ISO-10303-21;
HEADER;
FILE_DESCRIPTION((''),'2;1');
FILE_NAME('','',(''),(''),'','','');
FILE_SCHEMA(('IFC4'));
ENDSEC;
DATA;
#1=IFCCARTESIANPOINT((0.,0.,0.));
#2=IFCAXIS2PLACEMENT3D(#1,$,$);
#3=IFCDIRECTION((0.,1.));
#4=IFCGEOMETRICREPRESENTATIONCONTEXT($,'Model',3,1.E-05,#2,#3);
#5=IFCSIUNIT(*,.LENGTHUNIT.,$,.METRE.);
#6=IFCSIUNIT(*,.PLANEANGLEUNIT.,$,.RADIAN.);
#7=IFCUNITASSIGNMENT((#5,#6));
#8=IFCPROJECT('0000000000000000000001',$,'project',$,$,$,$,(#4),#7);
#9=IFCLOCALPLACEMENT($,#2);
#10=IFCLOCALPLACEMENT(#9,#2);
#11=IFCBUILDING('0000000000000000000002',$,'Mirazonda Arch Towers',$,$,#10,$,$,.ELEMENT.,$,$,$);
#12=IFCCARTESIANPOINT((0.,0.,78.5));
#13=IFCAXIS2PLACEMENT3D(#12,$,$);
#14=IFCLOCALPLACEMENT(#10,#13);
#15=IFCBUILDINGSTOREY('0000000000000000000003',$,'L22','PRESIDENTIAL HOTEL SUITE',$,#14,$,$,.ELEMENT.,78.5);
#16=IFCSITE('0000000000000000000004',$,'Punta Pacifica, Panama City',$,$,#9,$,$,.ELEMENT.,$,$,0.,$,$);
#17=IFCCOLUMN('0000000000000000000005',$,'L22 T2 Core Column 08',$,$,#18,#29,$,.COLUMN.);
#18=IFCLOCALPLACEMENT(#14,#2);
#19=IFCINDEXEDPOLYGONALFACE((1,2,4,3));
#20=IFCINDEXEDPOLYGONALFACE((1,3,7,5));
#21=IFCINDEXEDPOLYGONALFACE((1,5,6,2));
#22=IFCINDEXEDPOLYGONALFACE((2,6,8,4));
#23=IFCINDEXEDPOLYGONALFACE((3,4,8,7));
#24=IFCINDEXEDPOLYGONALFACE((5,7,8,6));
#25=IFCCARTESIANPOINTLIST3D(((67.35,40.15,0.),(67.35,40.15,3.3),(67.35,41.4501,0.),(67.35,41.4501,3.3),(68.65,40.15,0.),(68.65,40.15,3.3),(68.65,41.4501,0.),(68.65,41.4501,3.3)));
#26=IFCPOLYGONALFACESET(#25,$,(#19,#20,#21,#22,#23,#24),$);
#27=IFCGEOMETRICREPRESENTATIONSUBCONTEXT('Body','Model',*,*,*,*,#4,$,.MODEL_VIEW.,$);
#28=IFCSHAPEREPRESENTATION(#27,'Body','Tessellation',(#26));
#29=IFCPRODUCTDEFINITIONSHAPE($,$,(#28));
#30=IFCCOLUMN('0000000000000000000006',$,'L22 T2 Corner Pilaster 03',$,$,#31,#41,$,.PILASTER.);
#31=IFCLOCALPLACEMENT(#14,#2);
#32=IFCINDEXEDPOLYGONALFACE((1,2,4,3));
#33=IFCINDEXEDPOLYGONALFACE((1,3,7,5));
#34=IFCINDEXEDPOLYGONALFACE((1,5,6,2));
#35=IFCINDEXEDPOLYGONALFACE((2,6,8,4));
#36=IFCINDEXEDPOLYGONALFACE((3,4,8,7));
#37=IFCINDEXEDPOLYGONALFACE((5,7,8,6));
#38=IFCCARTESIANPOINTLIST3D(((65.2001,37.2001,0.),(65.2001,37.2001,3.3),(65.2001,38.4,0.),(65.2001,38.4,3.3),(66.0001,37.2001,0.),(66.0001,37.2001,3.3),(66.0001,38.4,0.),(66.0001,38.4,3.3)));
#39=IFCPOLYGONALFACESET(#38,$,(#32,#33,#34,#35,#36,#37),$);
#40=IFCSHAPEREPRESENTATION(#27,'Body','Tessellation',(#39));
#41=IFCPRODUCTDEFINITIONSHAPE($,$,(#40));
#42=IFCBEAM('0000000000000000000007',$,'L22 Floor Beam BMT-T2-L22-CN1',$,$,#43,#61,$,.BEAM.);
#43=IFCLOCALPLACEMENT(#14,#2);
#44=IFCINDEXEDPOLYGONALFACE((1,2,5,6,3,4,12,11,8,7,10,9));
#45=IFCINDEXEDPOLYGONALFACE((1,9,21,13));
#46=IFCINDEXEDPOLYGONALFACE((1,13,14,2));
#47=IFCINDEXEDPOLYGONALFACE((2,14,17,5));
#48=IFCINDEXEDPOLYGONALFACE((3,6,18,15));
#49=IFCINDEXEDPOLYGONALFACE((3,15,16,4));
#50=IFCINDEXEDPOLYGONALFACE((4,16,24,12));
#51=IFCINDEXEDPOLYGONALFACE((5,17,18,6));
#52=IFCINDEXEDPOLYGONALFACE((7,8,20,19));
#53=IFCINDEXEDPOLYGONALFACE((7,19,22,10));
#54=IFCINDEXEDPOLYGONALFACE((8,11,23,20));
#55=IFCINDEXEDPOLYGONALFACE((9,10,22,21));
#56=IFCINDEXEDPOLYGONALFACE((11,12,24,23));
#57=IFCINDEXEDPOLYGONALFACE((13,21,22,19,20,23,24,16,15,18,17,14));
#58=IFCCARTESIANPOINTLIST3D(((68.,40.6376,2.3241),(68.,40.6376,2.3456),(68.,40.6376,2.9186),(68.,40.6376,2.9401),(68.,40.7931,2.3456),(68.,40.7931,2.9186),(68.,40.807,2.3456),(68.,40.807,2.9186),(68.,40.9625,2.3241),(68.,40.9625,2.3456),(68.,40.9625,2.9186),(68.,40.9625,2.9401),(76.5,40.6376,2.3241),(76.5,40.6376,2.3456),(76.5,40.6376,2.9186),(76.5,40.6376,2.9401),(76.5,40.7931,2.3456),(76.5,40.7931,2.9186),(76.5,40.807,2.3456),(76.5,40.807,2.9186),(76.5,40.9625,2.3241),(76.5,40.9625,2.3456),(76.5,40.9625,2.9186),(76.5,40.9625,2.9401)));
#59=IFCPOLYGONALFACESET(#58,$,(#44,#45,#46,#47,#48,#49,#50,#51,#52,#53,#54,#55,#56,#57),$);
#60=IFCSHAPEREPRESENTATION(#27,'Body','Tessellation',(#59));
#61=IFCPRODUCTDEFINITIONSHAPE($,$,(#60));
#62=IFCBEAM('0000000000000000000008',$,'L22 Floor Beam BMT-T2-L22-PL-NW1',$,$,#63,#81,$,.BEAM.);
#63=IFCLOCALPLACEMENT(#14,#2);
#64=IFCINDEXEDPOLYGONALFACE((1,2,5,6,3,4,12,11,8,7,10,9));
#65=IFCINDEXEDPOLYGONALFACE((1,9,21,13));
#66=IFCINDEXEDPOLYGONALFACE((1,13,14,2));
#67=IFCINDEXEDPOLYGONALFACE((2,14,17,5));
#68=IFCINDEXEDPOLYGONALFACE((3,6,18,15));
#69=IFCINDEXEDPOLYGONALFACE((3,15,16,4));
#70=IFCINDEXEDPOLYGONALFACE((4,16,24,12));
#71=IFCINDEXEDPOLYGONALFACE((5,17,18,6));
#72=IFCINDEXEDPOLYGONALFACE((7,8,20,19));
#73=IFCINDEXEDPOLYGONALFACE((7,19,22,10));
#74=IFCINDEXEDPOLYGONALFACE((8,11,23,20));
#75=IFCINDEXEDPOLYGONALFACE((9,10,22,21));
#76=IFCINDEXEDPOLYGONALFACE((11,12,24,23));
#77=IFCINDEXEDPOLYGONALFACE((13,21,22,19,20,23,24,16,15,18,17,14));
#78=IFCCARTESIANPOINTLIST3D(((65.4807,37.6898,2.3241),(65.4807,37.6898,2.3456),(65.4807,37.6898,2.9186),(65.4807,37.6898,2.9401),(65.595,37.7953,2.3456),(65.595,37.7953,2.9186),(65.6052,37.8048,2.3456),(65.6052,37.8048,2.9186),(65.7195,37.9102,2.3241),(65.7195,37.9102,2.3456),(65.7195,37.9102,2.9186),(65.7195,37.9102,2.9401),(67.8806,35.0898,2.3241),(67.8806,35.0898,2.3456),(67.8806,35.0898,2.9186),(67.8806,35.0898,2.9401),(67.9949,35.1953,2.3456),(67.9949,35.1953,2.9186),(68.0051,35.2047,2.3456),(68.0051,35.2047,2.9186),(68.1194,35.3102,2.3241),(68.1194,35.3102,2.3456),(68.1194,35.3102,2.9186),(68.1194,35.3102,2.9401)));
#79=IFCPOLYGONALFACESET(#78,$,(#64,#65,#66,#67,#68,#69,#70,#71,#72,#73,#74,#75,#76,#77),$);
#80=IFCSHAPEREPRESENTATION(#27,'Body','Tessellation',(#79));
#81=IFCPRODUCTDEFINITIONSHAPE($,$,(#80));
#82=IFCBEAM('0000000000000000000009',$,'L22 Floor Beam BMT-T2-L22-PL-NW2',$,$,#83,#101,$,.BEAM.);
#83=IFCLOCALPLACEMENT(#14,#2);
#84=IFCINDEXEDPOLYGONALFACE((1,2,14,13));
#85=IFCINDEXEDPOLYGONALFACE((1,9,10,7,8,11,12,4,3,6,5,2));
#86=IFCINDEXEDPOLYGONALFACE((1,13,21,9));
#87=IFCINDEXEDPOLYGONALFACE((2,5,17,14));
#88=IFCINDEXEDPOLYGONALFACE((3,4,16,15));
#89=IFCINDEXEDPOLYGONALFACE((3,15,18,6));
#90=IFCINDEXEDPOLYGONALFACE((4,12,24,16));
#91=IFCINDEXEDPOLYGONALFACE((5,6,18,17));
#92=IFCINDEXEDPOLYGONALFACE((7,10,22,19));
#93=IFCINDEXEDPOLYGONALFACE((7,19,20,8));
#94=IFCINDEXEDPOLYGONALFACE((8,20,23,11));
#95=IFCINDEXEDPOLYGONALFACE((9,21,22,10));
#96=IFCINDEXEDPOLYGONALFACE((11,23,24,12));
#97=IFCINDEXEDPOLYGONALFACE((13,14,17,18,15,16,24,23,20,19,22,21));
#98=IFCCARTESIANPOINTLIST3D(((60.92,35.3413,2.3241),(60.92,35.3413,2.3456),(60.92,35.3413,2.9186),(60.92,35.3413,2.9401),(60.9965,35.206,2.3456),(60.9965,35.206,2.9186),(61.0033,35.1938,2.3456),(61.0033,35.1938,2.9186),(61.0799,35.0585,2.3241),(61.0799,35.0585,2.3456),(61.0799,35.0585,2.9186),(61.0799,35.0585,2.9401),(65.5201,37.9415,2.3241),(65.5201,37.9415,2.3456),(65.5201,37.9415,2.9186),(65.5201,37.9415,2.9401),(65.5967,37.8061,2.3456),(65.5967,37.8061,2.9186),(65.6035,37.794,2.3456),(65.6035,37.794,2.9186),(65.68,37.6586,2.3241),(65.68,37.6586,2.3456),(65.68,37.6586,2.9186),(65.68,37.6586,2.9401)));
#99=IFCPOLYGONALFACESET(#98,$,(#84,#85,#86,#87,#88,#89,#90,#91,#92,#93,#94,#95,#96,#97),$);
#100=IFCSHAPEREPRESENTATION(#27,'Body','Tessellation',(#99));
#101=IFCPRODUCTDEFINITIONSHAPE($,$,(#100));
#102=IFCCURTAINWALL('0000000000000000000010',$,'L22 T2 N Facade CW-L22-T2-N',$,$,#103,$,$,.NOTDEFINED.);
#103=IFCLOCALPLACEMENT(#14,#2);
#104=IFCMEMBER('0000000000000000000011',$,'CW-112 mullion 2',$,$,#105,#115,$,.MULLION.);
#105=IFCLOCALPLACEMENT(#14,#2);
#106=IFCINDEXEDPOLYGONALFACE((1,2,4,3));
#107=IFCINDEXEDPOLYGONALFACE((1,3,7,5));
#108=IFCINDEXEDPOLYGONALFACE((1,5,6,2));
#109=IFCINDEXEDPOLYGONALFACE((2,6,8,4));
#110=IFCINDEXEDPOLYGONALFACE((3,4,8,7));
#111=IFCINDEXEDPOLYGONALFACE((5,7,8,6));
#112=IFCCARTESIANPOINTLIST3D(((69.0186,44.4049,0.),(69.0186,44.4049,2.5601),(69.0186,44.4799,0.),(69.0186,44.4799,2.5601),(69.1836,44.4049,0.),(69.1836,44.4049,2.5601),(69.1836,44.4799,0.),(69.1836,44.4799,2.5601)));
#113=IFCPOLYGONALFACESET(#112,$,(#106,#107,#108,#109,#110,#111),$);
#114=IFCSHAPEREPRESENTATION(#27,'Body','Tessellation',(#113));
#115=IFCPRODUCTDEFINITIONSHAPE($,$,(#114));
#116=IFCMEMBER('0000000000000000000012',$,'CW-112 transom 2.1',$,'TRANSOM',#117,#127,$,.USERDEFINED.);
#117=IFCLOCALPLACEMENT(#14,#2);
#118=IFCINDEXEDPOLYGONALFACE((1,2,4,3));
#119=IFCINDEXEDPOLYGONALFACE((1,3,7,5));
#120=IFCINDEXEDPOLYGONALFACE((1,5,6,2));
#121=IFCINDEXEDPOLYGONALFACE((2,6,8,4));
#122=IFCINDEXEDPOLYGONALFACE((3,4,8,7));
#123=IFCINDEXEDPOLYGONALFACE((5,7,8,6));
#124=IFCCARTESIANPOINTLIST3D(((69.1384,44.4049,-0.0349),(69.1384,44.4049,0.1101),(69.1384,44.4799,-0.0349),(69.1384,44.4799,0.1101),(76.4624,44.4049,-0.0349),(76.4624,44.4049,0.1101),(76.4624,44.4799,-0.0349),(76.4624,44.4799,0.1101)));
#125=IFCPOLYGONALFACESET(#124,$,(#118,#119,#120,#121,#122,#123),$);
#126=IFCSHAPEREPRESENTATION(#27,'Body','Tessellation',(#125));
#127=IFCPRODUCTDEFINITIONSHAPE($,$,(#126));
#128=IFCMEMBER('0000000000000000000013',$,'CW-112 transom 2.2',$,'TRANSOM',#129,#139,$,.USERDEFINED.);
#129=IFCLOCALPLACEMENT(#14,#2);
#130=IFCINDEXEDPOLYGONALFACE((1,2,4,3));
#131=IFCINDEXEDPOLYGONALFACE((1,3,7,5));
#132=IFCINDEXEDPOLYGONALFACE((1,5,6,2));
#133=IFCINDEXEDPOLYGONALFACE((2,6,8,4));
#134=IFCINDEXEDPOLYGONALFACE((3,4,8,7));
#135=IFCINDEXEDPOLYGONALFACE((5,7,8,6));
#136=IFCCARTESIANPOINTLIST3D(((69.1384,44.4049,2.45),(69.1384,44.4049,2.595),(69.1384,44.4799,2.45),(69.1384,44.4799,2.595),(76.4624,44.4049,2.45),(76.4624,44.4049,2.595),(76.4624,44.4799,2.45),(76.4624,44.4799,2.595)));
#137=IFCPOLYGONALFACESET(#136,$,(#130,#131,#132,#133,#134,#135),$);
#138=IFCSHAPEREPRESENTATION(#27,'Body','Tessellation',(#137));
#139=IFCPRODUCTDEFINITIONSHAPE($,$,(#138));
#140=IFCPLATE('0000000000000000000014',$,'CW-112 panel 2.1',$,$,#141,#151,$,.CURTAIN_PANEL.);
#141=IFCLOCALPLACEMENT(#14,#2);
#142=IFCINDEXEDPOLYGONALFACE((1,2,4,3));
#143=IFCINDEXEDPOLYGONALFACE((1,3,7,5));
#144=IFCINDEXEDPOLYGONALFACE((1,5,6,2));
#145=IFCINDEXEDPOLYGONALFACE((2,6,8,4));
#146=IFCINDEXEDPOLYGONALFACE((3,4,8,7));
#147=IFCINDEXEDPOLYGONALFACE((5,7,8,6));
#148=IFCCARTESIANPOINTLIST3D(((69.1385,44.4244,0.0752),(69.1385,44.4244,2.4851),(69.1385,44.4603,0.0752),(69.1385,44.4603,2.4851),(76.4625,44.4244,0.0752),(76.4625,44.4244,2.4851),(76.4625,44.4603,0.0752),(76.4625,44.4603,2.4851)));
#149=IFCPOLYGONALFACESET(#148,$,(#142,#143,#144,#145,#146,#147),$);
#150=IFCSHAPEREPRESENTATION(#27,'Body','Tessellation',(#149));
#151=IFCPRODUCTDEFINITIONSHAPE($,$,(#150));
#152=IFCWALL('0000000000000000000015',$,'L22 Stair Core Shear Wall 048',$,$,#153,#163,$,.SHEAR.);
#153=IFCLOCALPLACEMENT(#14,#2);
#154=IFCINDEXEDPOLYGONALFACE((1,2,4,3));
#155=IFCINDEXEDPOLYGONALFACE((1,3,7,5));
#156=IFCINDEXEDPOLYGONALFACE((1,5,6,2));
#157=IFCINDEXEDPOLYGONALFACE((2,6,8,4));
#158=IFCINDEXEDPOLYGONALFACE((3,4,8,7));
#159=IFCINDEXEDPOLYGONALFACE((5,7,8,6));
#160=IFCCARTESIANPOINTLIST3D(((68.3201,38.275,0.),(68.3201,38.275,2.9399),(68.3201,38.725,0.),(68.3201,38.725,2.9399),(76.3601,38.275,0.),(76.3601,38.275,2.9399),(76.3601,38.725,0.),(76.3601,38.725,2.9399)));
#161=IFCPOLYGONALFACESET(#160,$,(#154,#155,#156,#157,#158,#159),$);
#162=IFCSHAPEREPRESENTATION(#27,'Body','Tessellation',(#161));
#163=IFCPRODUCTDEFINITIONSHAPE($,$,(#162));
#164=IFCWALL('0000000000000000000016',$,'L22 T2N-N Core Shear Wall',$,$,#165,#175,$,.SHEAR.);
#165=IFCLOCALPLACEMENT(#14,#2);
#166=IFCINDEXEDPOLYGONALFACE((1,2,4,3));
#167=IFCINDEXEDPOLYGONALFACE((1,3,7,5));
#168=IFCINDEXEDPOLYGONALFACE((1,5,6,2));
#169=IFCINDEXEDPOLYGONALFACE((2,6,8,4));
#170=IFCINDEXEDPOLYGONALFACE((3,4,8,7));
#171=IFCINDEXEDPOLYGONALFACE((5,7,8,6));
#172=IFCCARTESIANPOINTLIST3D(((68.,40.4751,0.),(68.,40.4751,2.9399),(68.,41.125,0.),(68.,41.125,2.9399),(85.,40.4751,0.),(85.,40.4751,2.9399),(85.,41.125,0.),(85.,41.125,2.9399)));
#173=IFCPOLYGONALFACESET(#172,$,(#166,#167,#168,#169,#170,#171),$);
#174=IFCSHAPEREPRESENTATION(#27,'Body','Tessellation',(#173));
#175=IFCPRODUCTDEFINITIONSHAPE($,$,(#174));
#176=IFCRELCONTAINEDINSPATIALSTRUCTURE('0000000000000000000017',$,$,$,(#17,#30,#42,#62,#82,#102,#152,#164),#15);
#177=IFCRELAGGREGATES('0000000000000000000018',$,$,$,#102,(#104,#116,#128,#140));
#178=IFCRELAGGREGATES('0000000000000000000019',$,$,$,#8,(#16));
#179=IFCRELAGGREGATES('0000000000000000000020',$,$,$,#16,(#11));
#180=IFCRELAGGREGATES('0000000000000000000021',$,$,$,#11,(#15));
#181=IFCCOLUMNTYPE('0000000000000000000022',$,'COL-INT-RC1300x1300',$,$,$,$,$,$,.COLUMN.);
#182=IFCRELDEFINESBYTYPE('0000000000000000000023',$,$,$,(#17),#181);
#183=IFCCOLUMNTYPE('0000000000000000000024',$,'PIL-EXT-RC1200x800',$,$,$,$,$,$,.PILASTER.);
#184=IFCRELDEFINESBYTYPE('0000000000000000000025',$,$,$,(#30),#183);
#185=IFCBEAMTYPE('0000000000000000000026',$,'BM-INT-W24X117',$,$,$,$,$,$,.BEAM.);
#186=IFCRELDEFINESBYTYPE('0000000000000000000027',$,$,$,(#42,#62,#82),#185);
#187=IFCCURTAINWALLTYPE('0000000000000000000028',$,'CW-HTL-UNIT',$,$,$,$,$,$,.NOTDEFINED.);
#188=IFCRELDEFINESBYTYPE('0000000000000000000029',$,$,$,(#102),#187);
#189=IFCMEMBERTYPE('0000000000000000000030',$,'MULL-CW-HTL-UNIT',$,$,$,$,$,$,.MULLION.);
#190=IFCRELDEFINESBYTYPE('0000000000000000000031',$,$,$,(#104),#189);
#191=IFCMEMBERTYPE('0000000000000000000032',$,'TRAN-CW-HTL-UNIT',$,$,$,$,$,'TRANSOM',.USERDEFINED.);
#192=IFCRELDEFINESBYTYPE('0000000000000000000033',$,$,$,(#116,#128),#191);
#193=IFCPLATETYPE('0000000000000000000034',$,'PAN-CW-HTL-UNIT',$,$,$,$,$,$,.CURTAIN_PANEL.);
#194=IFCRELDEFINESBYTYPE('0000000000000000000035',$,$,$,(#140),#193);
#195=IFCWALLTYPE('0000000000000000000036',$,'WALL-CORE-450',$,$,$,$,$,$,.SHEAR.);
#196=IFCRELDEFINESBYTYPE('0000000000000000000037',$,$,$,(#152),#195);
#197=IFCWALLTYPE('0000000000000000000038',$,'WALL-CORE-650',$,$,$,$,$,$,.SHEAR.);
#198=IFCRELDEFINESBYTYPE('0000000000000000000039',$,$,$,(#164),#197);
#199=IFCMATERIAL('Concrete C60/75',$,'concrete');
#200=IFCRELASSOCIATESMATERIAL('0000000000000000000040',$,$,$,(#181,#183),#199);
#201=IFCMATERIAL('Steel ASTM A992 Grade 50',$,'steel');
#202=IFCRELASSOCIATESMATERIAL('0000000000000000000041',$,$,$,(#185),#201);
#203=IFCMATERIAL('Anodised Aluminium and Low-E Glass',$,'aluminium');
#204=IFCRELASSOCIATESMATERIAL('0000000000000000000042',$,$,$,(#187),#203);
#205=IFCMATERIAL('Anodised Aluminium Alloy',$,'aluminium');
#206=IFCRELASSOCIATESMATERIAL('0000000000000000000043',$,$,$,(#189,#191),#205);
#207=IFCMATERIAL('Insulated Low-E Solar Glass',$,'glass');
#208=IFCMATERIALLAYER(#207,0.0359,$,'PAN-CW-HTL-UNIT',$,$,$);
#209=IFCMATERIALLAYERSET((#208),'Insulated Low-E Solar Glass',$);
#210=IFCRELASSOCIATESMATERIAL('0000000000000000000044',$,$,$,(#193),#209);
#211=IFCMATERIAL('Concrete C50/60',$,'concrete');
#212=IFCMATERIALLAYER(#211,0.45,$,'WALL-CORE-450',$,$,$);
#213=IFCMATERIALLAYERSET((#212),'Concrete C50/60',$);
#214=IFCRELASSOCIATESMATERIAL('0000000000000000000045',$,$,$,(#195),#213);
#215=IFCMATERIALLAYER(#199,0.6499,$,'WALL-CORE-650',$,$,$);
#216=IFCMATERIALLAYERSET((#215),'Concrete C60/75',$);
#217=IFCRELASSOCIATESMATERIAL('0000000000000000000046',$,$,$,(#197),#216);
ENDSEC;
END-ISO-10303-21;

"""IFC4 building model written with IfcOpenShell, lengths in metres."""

from ifc_helpers import new_model, si_unit, direction, frame, frame_2d, origin, origin_2d, place, context, subcontext, project, spatial, rectangle, i_section, extrude, material, layer, layer_set, material_profile, profile_set, type_object, element, aggregate, save


model = new_model("IFC4")

# Units and contexts
model_context = context("Model", 3, precision=1e-05, world=origin(), true_north=direction((0.0, 1.0)))
body_context = subcontext(model_context, "Body", "Model", "MODEL_VIEW")
ifc_project = project(units=[si_unit("LENGTHUNIT", "METRE"), si_unit("PLANEANGLEUNIT", "RADIAN")], contexts=[model_context])

# Site, building, storey
site_placement = place(None, origin())
site = spatial("IfcSite", under=ifc_project, at=site_placement, Name="Punta Pacifica, Panama City", CompositionType="ELEMENT", RefElevation=0.0)
building_placement = place(site_placement, origin())
building = spatial("IfcBuilding", under=site, at=building_placement, Name="Mirazonda Arch Towers", CompositionType="ELEMENT")
storey_placement = place(building_placement, frame((0.0, 0.0, 78.5)))
storey = spatial("IfcBuildingStorey", under=building, at=storey_placement, Name="L22", Description="PRESIDENTIAL HOTEL SUITE", CompositionType="ELEMENT", Elevation=78.5)

# Columns
ifc_material_1 = material(Name="Concrete C60/75", Category="concrete")
ifc_material_profile_1 = material_profile(ifc_material_1, rectangle(XDim=1.3, YDim=1.3, at=origin_2d()), Name="RC1300x1300")
ifc_profile_set_1 = profile_set([ifc_material_profile_1], Name="Concrete C60/75")
column_type_1 = type_object("IfcColumnType", Name="COL-INT-RC1300x1300", PredefinedType="COLUMN", material=ifc_profile_set_1)
column_1_placement = place(storey_placement, frame((68.0, 40.8, 0.0), z_axis=(0.0, 0.0, 1.0), x_axis=(1.0, 0.0, 0.0)))
element("IfcColumn", 1, at=column_1_placement, inside=storey, type_object=column_type_1, Name="L22 T2 Core Column 08", PredefinedType="COLUMN", context=body_context, shape_type="SweptSolid", body=[
    extrude(rectangle(XDim=1.3, YDim=1.3, at=origin_2d()), origin(), (0.0, 0.0, 1.0), 3.3),
])
ifc_material_profile_2 = material_profile(ifc_material_1, rectangle(XDim=0.8, YDim=1.2, at=origin_2d()), Name="RC1200x800")
ifc_profile_set_2 = profile_set([ifc_material_profile_2], Name="Concrete C60/75")
column_type_2 = type_object("IfcColumnType", Name="PIL-EXT-RC1200x800", PredefinedType="PILASTER", material=ifc_profile_set_2)
column_2_placement = place(storey_placement, frame((65.6001, 37.8, 0.0), z_axis=(0.0, 0.0, 1.0), x_axis=(1.0, 0.0, 0.0)))
element("IfcColumn", 2, at=column_2_placement, inside=storey, type_object=column_type_2, Name="L22 T2 Corner Pilaster 03", PredefinedType="PILASTER", context=body_context, shape_type="SweptSolid", body=[
    extrude(rectangle(XDim=0.8, YDim=1.2, at=origin_2d()), origin(), (0.0, 0.0, 1.0), 3.3),
])

# Beams
ifc_material_2 = material(Name="Steel ASTM A992 Grade 50", Category="steel")
ifc_material_profile_3 = material_profile(ifc_material_2, i_section(OverallWidth=0.325, OverallDepth=0.616, WebThickness=0.0139, FlangeThickness=0.0215, at=origin_2d()), Name="W24X117")
ifc_profile_set_3 = profile_set([ifc_material_profile_3], Name="Steel ASTM A992 Grade 50")
beam_type = type_object("IfcBeamType", Name="BM-INT-W24X117", PredefinedType="BEAM", material=ifc_profile_set_3)
beam_1_placement = place(storey_placement, frame((68.0, 40.8, 2.6321), z_axis=(1.0, 0.0, 0.0), x_axis=(0.0, 1.0, 0.0)))
element("IfcBeam", 3, at=beam_1_placement, inside=storey, type_object=beam_type, Name="L22 Floor Beam BMT-T2-L22-CN1", PredefinedType="BEAM", context=body_context, shape_type="SweptSolid", body=[
    extrude(i_section(OverallWidth=0.325, OverallDepth=0.616, WebThickness=0.0139, FlangeThickness=0.0215, at=origin_2d()), origin(), (0.0, 0.0, 1.0), 8.5),
])
beam_2_placement = place(storey_placement, frame((65.6001, 37.8, 2.6321), z_axis=(0.678251, -0.73483, 0.0), x_axis=(0.73483, 0.678251, 0.0)))
element("IfcBeam", 4, at=beam_2_placement, inside=storey, type_object=beam_type, Name="L22 Floor Beam BMT-T2-L22-PL-NW1", PredefinedType="BEAM", context=body_context, shape_type="SweptSolid", body=[
    extrude(i_section(OverallWidth=0.325, OverallDepth=0.616, WebThickness=0.0139, FlangeThickness=0.0215, at=origin_2d()), origin(), (0.0, 0.0, 1.0), 3.5383),
])
beam_3_placement = place(storey_placement, frame((65.6001, 37.8, 2.6321), z_axis=(-0.870559, -0.492063, 0.0), x_axis=(0.492063, -0.870559, 0.0)))
element("IfcBeam", 5, at=beam_3_placement, inside=storey, type_object=beam_type, Name="L22 Floor Beam BMT-T2-L22-PL-NW2", PredefinedType="BEAM", context=body_context, shape_type="SweptSolid", body=[
    extrude(i_section(OverallWidth=0.325, OverallDepth=0.616, WebThickness=0.0139, FlangeThickness=0.0215, at=origin_2d()), origin(), (0.0, 0.0, 1.0), 5.2842),
])

# Curtain wall, members, plate
ifc_material_3 = material(Name="Anodised Aluminium and Low-E Glass", Category="aluminium")
curtain_wall_type = type_object("IfcCurtainWallType", Name="CW-HTL-UNIT", PredefinedType="NOTDEFINED", material=ifc_material_3)
curtain_wall_placement = place(storey_placement, origin())
curtain_wall = element("IfcCurtainWall", 6, at=curtain_wall_placement, inside=storey, type_object=curtain_wall_type, Name="L22 T2 N Facade CW-L22-T2-N", PredefinedType="NOTDEFINED")
ifc_material_4 = material(Name="Anodised Aluminium Alloy", Category="aluminium")
ifc_material_profile_4 = material_profile(ifc_material_4, rectangle(XDim=0.075, YDim=0.165, at=origin_2d()), Name="ALU-MULL-75x165")
ifc_profile_set_4 = profile_set([ifc_material_profile_4], Name="Anodised Aluminium Alloy")
member_type_1 = type_object("IfcMemberType", Name="MULL-CW-HTL-UNIT", PredefinedType="MULLION", material=ifc_profile_set_4)
member_1_placement = place(storey_placement, frame((69.1011, 44.4424, 0.0), z_axis=(0.0, 0.0, 1.0), x_axis=(0.0, 1.0, 0.0)))
member_1 = element("IfcMember", 7, at=member_1_placement, type_object=member_type_1, Name="CW-112 mullion 2", PredefinedType="MULLION", context=body_context, shape_type="SweptSolid", body=[
    extrude(rectangle(XDim=0.075, YDim=0.165, at=origin_2d()), origin(), (0.0, 0.0, 1.0), 2.5601),
])
ifc_material_profile_5 = material_profile(ifc_material_4, rectangle(XDim=0.075, YDim=0.145, at=origin_2d()), Name="ALU-TRAN-75x145")
ifc_profile_set_5 = profile_set([ifc_material_profile_5], Name="Anodised Aluminium Alloy")
member_type_2 = type_object("IfcMemberType", Name="TRAN-CW-HTL-UNIT", ElementType="TRANSOM", PredefinedType="USERDEFINED", material=ifc_profile_set_5)
member_2_placement = place(storey_placement, frame((69.1384, 44.4424, 0.0376), z_axis=(1.0, 0.0, 0.0), x_axis=(0.0, 1.0, 0.0)))
member_2 = element("IfcMember", 8, at=member_2_placement, type_object=member_type_2, Name="CW-112 transom 2.1", ObjectType="TRANSOM", PredefinedType="USERDEFINED", context=body_context, shape_type="SweptSolid", body=[
    extrude(rectangle(XDim=0.075, YDim=0.145, at=origin_2d()), origin(), (0.0, 0.0, 1.0), 7.324),
])
member_3_placement = place(storey_placement, frame((69.1384, 44.4424, 2.5225), z_axis=(1.0, 0.0, 0.0), x_axis=(0.0, 1.0, 0.0)))
member_3 = element("IfcMember", 9, at=member_3_placement, type_object=member_type_2, Name="CW-112 transom 2.2", ObjectType="TRANSOM", PredefinedType="USERDEFINED", context=body_context, shape_type="SweptSolid", body=[
    extrude(rectangle(XDim=0.075, YDim=0.145, at=origin_2d()), origin(), (0.0, 0.0, 1.0), 7.324),
])
ifc_material_5 = material(Name="Insulated Low-E Solar Glass", Category="glass")
ifc_layer_1 = layer(ifc_material_5, 0.0359, Name="PAN-CW-HTL-UNIT")
ifc_layer_set_1 = layer_set([ifc_layer_1], Name="Insulated Low-E Solar Glass")
plate_type = type_object("IfcPlateType", Name="PAN-CW-HTL-UNIT", PredefinedType="CURTAIN_PANEL", material=ifc_layer_set_1)
plate_placement = place(storey_placement, frame((72.8005, 44.4424, 0.0752), z_axis=(0.0, 0.0, 1.0), x_axis=(1.0, 0.0, 0.0)))
plate = element("IfcPlate", 10, at=plate_placement, type_object=plate_type, Name="CW-112 panel 2.1", PredefinedType="CURTAIN_PANEL", context=body_context, shape_type="SweptSolid", body=[
    extrude(rectangle(XDim=7.324, YDim=0.0359, at=origin_2d()), origin(), (0.0, 0.0, 1.0), 2.4099),
])
aggregate(curtain_wall, [member_1, member_2, member_3, plate])

# Walls
ifc_material_6 = material(Name="Concrete C50/60", Category="concrete")
ifc_layer_2 = layer(ifc_material_6, 0.45, Name="WALL-CORE-450")
ifc_layer_set_2 = layer_set([ifc_layer_2], Name="Concrete C50/60")
wall_type_1 = type_object("IfcWallType", Name="WALL-CORE-450", PredefinedType="SHEAR", material=ifc_layer_set_2)
wall_1_placement = place(storey_placement, frame((68.3201, 38.5, 0.0), z_axis=(0.0, 0.0, 1.0), x_axis=(1.0, 0.0, 0.0)))
element("IfcWall", 11, at=wall_1_placement, inside=storey, type_object=wall_type_1, Name="L22 Stair Core Shear Wall 048", PredefinedType="SHEAR", context=body_context, shape_type="SweptSolid", body=[
    extrude(rectangle(XDim=8.04, YDim=0.45, at=frame_2d((4.02, 0.0))), origin(), (0.0, 0.0, 1.0), 2.9399),
])
ifc_layer_3 = layer(ifc_material_1, 0.6499, Name="WALL-CORE-650")
ifc_layer_set_3 = layer_set([ifc_layer_3], Name="Concrete C60/75")
wall_type_2 = type_object("IfcWallType", Name="WALL-CORE-650", PredefinedType="SHEAR", material=ifc_layer_set_3)
wall_2_placement = place(storey_placement, frame((68.0, 40.8, 0.0), z_axis=(0.0, 0.0, 1.0), x_axis=(1.0, 0.0, 0.0)))
element("IfcWall", 12, at=wall_2_placement, inside=storey, type_object=wall_type_2, Name="L22 T2N-N Core Shear Wall", PredefinedType="SHEAR", context=body_context, shape_type="SweptSolid", body=[
    extrude(rectangle(XDim=17.0, YDim=0.6499, at=frame_2d((8.5, 0.0))), origin(), (0.0, 0.0, 1.0), 2.9399),
])

save(model, "model.ifc")
